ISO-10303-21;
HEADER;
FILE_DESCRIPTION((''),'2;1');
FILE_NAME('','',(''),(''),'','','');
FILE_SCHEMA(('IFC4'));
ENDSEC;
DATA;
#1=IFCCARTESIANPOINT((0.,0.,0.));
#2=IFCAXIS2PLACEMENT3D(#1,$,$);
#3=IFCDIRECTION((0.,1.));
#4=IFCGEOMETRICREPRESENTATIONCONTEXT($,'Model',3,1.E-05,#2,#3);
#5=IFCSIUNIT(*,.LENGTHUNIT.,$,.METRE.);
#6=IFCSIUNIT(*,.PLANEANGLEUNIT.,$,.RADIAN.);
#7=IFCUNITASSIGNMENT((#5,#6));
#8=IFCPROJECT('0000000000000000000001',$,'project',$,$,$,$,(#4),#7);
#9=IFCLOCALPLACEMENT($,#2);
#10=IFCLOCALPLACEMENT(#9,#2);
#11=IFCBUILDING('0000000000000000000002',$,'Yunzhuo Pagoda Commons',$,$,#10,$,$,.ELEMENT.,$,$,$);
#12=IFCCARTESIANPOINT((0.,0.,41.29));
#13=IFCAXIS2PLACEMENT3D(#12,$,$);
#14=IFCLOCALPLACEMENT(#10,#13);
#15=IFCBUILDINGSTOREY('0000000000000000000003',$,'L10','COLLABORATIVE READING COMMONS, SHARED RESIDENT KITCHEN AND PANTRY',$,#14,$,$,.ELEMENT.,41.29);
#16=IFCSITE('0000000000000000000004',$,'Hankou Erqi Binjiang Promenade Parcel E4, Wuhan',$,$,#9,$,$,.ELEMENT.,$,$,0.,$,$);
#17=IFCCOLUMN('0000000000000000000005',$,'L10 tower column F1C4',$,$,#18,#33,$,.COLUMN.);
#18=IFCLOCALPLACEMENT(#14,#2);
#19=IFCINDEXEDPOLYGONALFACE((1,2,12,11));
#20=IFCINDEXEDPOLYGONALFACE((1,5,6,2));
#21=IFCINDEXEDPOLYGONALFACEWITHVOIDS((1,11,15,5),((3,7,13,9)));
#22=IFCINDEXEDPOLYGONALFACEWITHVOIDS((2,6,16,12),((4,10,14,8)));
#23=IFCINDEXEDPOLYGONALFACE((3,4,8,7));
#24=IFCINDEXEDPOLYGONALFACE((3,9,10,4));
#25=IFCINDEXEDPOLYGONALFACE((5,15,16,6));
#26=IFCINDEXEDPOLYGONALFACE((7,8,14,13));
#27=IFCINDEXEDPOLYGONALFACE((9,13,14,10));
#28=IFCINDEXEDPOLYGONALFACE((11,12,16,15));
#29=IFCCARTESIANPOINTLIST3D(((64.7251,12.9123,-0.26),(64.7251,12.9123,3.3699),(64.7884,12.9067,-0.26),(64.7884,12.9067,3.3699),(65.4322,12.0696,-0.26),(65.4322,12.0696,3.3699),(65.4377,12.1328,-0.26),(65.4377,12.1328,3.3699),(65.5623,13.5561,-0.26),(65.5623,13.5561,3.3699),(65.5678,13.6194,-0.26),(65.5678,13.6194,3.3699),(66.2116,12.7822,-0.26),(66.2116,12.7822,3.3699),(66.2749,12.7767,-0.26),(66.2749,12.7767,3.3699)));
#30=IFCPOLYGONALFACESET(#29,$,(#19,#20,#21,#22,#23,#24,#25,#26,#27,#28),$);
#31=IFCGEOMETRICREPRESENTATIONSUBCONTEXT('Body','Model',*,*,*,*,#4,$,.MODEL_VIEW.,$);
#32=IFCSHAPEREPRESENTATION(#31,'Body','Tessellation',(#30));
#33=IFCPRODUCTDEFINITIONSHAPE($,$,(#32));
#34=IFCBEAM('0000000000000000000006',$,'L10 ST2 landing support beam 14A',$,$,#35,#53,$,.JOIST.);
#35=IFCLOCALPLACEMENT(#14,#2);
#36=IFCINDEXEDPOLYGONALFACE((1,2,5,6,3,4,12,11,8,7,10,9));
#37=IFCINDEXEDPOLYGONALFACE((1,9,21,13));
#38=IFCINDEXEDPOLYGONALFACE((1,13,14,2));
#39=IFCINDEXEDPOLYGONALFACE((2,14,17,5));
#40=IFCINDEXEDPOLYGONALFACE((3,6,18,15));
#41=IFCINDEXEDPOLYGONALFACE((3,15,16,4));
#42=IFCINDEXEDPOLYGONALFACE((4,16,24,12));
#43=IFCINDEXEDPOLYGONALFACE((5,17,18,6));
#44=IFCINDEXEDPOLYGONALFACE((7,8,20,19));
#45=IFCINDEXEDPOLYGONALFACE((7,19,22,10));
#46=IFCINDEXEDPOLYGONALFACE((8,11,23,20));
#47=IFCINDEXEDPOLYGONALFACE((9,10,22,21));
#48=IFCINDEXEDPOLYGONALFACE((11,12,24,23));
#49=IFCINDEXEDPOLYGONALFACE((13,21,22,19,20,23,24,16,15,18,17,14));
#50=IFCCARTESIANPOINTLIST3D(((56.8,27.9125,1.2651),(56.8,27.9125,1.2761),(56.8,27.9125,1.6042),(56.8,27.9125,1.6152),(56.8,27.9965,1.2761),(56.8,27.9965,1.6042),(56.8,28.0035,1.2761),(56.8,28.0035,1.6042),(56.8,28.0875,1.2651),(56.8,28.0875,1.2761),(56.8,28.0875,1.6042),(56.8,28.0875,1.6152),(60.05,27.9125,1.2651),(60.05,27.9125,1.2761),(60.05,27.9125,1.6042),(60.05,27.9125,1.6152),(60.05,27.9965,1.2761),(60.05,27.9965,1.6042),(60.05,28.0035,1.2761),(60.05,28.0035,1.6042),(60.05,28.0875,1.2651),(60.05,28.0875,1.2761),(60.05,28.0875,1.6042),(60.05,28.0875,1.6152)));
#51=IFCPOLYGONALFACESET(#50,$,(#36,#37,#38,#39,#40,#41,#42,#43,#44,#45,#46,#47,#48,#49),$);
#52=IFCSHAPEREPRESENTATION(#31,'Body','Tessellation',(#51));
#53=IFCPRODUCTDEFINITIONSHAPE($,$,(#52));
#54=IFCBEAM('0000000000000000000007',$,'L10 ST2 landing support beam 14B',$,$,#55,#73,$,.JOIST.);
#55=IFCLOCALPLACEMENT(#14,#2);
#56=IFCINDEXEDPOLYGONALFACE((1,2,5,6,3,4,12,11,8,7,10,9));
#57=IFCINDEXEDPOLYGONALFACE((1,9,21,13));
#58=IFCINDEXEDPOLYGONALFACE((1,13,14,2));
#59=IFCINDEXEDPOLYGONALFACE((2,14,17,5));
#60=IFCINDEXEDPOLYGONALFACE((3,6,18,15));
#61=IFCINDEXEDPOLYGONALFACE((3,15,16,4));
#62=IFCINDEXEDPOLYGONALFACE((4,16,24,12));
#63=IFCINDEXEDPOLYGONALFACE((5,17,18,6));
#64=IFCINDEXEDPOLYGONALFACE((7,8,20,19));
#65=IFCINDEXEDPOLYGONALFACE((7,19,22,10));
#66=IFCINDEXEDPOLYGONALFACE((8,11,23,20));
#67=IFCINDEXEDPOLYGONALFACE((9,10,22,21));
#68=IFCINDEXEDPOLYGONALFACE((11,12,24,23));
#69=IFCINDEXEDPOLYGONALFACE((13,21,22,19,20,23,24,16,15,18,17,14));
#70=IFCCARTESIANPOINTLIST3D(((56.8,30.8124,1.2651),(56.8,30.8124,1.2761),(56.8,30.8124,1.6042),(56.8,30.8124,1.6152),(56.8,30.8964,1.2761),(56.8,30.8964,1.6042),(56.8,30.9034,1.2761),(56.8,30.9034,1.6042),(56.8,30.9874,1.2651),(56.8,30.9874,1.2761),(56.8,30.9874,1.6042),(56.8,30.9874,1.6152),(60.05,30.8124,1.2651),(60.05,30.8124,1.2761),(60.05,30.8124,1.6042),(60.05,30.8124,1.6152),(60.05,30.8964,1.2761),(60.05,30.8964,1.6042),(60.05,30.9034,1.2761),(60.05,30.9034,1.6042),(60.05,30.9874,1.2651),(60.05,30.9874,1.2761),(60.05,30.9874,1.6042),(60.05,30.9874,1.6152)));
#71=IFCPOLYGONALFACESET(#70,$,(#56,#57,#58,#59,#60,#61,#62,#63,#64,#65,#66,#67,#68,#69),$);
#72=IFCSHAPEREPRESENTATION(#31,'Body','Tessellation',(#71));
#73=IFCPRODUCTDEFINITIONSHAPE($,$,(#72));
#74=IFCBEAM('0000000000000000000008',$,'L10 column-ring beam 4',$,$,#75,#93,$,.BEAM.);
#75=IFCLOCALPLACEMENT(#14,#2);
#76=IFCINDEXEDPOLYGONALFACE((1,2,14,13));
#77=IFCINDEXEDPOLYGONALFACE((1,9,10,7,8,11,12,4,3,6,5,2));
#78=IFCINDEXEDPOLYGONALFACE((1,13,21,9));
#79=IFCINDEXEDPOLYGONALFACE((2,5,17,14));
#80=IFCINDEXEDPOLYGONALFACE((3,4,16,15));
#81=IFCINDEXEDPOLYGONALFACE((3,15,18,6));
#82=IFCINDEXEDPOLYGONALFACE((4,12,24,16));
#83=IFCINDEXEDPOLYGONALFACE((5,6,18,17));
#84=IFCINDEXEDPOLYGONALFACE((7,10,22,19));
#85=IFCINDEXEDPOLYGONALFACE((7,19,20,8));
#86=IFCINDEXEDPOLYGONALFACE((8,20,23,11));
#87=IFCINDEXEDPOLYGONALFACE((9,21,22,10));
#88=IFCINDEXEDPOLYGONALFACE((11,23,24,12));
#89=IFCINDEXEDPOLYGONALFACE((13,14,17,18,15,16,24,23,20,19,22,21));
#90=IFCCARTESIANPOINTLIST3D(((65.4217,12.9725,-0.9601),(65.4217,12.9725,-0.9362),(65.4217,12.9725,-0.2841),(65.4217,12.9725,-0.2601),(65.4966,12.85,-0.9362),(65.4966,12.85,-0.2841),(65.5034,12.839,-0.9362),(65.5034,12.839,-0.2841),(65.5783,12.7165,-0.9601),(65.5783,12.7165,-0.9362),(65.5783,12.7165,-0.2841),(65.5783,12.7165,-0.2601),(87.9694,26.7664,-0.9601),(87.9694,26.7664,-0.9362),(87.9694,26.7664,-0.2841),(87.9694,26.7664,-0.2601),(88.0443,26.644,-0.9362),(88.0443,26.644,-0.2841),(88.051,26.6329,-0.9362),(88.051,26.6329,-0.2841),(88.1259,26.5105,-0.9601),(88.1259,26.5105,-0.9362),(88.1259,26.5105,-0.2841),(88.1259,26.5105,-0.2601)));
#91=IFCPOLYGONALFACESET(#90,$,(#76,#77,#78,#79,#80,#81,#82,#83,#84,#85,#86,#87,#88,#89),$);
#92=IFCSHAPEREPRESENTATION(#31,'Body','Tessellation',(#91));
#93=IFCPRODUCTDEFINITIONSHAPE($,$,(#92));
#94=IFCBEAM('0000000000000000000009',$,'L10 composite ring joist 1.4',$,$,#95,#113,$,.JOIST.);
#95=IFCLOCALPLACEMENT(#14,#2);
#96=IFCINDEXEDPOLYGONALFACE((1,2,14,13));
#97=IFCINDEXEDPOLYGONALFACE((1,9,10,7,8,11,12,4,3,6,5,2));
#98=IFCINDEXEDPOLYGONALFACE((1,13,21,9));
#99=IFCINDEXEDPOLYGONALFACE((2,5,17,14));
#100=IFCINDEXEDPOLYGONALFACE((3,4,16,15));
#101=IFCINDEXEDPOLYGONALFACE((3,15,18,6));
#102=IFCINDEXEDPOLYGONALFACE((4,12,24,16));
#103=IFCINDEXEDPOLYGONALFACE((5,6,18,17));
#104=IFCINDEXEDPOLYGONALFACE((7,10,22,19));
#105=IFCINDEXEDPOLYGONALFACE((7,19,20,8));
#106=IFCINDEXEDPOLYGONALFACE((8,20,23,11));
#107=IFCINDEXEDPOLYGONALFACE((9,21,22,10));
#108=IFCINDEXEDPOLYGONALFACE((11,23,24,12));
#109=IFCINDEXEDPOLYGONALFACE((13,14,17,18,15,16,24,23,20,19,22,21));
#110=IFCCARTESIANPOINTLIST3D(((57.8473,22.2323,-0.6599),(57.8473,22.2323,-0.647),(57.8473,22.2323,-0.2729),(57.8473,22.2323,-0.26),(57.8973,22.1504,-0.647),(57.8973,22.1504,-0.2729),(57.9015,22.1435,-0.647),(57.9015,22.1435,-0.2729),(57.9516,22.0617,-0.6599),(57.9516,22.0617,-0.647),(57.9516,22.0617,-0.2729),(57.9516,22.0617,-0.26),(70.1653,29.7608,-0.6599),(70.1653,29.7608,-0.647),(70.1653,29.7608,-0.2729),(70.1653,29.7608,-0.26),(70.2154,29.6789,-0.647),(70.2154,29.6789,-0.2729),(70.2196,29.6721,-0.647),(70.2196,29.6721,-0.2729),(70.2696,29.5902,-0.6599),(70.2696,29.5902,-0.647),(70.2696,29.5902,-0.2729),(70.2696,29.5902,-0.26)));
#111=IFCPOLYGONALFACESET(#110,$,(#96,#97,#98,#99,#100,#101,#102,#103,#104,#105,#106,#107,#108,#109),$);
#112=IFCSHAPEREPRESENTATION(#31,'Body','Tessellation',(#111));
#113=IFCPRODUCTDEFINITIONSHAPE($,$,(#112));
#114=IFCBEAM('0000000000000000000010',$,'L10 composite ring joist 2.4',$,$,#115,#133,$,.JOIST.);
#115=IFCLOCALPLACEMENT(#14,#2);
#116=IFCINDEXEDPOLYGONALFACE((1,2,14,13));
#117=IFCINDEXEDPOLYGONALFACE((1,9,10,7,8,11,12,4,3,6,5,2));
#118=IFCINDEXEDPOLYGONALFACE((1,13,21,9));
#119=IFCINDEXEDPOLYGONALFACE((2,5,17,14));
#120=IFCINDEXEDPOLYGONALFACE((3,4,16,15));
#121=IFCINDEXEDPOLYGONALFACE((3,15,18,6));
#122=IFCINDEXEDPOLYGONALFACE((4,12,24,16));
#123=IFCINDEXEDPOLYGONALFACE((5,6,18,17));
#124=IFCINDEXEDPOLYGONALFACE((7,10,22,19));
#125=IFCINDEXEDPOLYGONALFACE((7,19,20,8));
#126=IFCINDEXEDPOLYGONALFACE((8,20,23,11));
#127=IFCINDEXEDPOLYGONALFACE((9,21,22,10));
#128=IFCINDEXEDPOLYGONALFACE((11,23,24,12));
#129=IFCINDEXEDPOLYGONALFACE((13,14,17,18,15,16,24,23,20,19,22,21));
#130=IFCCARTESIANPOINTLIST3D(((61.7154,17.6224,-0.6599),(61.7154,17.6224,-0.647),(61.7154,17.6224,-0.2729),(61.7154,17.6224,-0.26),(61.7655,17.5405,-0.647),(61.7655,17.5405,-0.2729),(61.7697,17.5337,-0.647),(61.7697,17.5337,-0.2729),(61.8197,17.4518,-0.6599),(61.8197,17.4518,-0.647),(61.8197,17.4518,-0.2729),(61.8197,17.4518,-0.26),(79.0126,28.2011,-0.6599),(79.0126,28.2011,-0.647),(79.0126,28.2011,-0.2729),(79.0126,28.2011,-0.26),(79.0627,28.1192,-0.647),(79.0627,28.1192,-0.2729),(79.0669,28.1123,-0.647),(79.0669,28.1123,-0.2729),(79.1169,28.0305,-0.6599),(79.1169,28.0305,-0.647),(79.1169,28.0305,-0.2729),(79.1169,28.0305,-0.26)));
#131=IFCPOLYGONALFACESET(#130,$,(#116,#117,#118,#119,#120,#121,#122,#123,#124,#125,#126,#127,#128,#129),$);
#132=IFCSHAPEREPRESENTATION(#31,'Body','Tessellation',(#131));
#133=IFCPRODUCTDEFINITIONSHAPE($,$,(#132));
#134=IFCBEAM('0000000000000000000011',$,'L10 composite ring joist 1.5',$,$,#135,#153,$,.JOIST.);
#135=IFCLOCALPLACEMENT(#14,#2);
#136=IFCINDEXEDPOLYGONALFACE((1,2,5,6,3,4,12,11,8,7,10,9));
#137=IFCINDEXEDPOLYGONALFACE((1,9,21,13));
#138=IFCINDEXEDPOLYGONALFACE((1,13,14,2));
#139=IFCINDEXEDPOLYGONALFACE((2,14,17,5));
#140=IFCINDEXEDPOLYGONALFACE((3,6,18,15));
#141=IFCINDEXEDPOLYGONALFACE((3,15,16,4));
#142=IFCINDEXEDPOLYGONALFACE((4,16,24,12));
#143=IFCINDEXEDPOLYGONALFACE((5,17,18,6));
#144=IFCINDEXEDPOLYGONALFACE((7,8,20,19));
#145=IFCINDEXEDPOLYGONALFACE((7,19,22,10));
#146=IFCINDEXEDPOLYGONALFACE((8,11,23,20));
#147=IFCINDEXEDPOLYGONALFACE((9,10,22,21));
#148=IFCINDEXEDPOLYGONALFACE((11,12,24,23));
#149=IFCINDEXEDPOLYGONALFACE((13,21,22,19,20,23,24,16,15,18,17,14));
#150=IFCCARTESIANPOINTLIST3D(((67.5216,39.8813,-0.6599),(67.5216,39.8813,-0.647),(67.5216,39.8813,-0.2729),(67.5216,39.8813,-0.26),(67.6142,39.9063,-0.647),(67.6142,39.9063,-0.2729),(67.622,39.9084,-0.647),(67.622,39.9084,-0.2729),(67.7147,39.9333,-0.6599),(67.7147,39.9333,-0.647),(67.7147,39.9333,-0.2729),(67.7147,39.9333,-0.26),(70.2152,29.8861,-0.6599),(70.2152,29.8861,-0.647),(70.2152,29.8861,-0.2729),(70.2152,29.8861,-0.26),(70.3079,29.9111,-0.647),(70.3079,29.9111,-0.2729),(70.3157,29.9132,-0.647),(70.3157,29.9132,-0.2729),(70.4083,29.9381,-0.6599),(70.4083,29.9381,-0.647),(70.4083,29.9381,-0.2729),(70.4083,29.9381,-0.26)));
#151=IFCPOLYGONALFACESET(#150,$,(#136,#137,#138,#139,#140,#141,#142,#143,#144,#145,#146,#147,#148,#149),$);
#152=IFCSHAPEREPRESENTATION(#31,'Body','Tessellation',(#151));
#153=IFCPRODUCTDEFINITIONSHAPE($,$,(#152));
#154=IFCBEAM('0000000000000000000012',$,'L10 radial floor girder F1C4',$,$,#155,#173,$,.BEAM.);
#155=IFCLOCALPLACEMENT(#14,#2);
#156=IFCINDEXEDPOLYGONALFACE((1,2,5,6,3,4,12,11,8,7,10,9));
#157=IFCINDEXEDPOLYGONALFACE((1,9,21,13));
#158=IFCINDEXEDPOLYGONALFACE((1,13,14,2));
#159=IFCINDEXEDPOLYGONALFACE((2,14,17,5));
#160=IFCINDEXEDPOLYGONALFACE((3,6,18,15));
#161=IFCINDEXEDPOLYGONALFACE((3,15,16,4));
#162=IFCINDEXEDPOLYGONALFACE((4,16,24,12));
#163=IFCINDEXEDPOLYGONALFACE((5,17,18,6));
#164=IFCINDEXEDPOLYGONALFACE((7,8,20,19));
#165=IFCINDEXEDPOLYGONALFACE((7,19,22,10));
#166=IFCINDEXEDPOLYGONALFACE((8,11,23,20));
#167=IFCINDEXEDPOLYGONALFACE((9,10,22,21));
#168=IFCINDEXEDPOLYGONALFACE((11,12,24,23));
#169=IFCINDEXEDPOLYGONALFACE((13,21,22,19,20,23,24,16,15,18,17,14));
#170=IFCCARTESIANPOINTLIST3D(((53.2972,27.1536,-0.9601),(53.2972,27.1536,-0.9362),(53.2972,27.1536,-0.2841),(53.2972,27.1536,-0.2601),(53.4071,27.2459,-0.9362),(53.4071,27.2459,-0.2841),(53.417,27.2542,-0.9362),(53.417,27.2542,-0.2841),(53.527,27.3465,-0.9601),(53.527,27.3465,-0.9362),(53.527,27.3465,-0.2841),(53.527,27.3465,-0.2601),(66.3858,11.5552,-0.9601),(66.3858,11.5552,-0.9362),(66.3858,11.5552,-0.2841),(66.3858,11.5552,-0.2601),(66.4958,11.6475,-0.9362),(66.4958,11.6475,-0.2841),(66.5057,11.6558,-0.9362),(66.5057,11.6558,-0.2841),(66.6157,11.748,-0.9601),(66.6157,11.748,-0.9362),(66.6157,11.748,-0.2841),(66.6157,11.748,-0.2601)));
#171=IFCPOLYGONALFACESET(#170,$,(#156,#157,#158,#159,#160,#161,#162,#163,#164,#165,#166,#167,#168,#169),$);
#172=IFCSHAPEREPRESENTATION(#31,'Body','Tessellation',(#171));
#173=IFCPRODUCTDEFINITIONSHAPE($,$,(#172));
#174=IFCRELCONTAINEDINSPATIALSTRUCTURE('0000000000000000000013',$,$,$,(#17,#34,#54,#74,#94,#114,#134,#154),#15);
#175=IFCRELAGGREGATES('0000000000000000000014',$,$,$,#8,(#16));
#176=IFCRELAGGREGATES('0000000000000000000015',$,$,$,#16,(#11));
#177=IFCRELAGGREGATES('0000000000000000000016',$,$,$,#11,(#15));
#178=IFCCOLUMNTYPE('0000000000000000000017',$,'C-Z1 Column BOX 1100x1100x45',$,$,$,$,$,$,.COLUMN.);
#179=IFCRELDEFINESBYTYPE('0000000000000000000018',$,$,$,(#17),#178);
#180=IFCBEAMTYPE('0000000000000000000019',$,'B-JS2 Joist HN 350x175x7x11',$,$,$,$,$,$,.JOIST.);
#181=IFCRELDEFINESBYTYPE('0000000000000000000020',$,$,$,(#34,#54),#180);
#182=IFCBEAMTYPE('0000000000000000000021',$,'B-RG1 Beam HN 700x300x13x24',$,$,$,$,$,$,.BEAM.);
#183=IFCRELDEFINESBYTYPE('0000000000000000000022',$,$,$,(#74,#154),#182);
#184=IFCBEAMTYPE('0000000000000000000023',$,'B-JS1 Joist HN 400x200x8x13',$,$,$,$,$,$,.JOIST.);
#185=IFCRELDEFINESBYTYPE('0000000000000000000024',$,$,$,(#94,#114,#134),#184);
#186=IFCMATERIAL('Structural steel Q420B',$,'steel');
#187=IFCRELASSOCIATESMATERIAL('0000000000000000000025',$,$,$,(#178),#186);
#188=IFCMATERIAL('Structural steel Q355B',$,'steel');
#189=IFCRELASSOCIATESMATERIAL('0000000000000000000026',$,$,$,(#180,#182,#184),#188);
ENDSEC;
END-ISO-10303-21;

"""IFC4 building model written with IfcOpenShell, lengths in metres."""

from ifc_helpers import new_model, si_unit, direction, frame, origin, origin_2d, place, context, subcontext, project, spatial, hollow_rectangle, i_section, extrude, source, transform, mapped, material, material_profile, profile_set, type_object, element, save


model = new_model("IFC4")

# Units and contexts
model_context = context("Model", 3, precision=1e-05, world=origin(), true_north=direction((0.0, 1.0)))
body_context = subcontext(model_context, "Body", "Model", "MODEL_VIEW")
ifc_project = project(units=[si_unit("LENGTHUNIT", "METRE"), si_unit("PLANEANGLEUNIT", "RADIAN")], contexts=[model_context])

# Site, building, storey
site_placement = place(None, origin())
site = spatial("IfcSite", under=ifc_project, at=site_placement, Name="Hankou Erqi Binjiang Promenade Parcel E4, Wuhan", CompositionType="ELEMENT", RefElevation=0.0)
building_placement = place(site_placement, origin())
building = spatial("IfcBuilding", under=site, at=building_placement, Name="Yunzhuo Pagoda Commons", CompositionType="ELEMENT")
storey_placement = place(building_placement, frame((0.0, 0.0, 41.29)))
storey = spatial("IfcBuildingStorey", under=building, at=storey_placement, Name="L10", Description="COLLABORATIVE READING COMMONS, SHARED RESIDENT KITCHEN AND PANTRY", CompositionType="ELEMENT", Elevation=41.29)

# Column
ifc_material_1 = material(Name="Structural steel Q420B", Category="steel")
ifc_material_profile_1 = material_profile(ifc_material_1, hollow_rectangle(XDim=1.1001, YDim=1.1001, WallThickness=0.0449, at=origin_2d()), Name="Structural steel Q420B")
ifc_profile_set_1 = profile_set([ifc_material_profile_1], Name="Structural steel Q420B")
column_type = type_object("IfcColumnType", Name="C-Z1 Column BOX 1100x1100x45", PredefinedType="COLUMN", material=ifc_profile_set_1)
shared_shape_1 = source(origin(), body_context, "Body", "SweptSolid", [
    extrude(hollow_rectangle(XDim=1.1001, YDim=1.1001, WallThickness=0.0449, at=origin_2d()), origin(), (0.0, 0.0, 1.0), 3.6299),
])
column_placement = place(storey_placement, frame((65.5, 12.8445, -0.26), z_axis=(0.0, 0.0, 1.0), x_axis=(0.766044, 0.642788, 0.0)))
element("IfcColumn", 1, at=column_placement, inside=storey, type_object=column_type, Name="L10 tower column F1C4", PredefinedType="COLUMN", context=body_context, shape_type="MappedRepresentation", body=[
    mapped(shared_shape_1, transform((0.0, 0.0, 0.0), scale=1.0)),
])

# Beams
ifc_material_2 = material(Name="Structural steel Q355B", Category="steel")
ifc_material_profile_2 = material_profile(ifc_material_2, i_section(OverallWidth=0.175, OverallDepth=0.3501, WebThickness=0.0071, FlangeThickness=0.011, at=origin_2d()), Name="Structural steel Q355B")
ifc_profile_set_2 = profile_set([ifc_material_profile_2], Name="Structural steel Q355B")
beam_type_1 = type_object("IfcBeamType", Name="B-JS2 Joist HN 350x175x7x11", PredefinedType="JOIST", material=ifc_profile_set_2)
shared_shape_2 = source(origin(), body_context, "Body", "SweptSolid", [
    extrude(i_section(OverallWidth=0.175, OverallDepth=0.3501, WebThickness=0.0071, FlangeThickness=0.011, at=origin_2d()), origin(), (0.0, 0.0, 1.0), 3.25),
])
for number, where, z_axis, x_axis, name in (
    (2, (56.8, 28.0, 1.4402), (1.0, 0.0, 0.0), (0.0, 1.0, 0.0), "L10 ST2 landing support beam 14A"),
    (3, (56.8, 30.8999, 1.4402), (1.0, 0.0, 0.0), (0.0, 1.0, 0.0), "L10 ST2 landing support beam 14B"),
):
    element("IfcBeam", number, at=place(storey_placement, frame(where, z_axis=z_axis, x_axis=x_axis)), inside=storey, type_object=beam_type_1, Name=name, PredefinedType="JOIST", context=body_context, shape_type="MappedRepresentation", body=[
        mapped(shared_shape_2, transform((0.0, 0.0, 0.0), scale=1.0)),
    ])
ifc_material_profile_3 = material_profile(ifc_material_2, i_section(OverallWidth=0.3, OverallDepth=0.7, WebThickness=0.0129, FlangeThickness=0.0239, at=origin_2d()), Name="Structural steel Q355B")
ifc_profile_set_3 = profile_set([ifc_material_profile_3], Name="Structural steel Q355B")
beam_type_2 = type_object("IfcBeamType", Name="B-RG1 Beam HN 700x300x13x24", PredefinedType="BEAM", material=ifc_profile_set_3)
shared_shape_3 = source(origin(), body_context, "Body", "SweptSolid", [
    extrude(i_section(OverallWidth=0.3, OverallDepth=0.7, WebThickness=0.0129, FlangeThickness=0.0239, at=origin_2d()), origin(), (0.0, 0.0, 1.0), 26.4324),
])
beam_1_placement = place(storey_placement, frame((65.5, 12.8445, -0.6101), z_axis=(0.853032, 0.521859, 0.0), x_axis=(-0.521859, 0.853032, 0.0)))
element("IfcBeam", 4, at=beam_1_placement, inside=storey, type_object=beam_type_2, Name="L10 column-ring beam 4", PredefinedType="BEAM", context=body_context, shape_type="MappedRepresentation", body=[
    mapped(shared_shape_3, transform((0.0, 0.0, 0.0), scale=1.0)),
])
ifc_material_profile_4 = material_profile(ifc_material_2, i_section(OverallWidth=0.2, OverallDepth=0.3999, WebThickness=0.0081, FlangeThickness=0.0129, at=origin_2d()), Name="Structural steel Q355B")
ifc_profile_set_4 = profile_set([ifc_material_profile_4], Name="Structural steel Q355B")
beam_type_3 = type_object("IfcBeamType", Name="B-JS1 Joist HN 400x200x8x13", PredefinedType="JOIST", material=ifc_profile_set_4)
shared_shape_4 = source(origin(), body_context, "Body", "SweptSolid", [
    extrude(i_section(OverallWidth=0.2, OverallDepth=0.3999, WebThickness=0.0081, FlangeThickness=0.0129, at=origin_2d()), origin(), (0.0, 0.0, 1.0), 14.4365),
])
beam_2_placement = place(storey_placement, frame((57.8994, 22.147, -0.46), z_axis=(0.853256, 0.521492, 0.0), x_axis=(-0.521492, 0.853256, 0.0)))
element("IfcBeam", 5, at=beam_2_placement, inside=storey, type_object=beam_type_3, Name="L10 composite ring joist 1.4", PredefinedType="JOIST", context=body_context, shape_type="MappedRepresentation", body=[
    mapped(shared_shape_4, transform((0.0, 0.0, 0.0), scale=1.0)),
])
shared_shape_5 = source(origin(), body_context, "Body", "SweptSolid", [
    extrude(i_section(OverallWidth=0.2, OverallDepth=0.3999, WebThickness=0.0081, FlangeThickness=0.0129, at=origin_2d()), origin(), (0.0, 0.0, 1.0), 20.2756),
])
beam_3_placement = place(storey_placement, frame((61.7676, 17.5371, -0.46), z_axis=(0.853103, 0.521743, 0.0), x_axis=(-0.521743, 0.853103, 0.0)))
element("IfcBeam", 6, at=beam_3_placement, inside=storey, type_object=beam_type_3, Name="L10 composite ring joist 2.4", PredefinedType="JOIST", context=body_context, shape_type="MappedRepresentation", body=[
    mapped(shared_shape_5, transform((0.0, 0.0, 0.0), scale=1.0)),
])
shared_shape_6 = source(origin(), body_context, "Body", "SweptSolid", [
    extrude(i_section(OverallWidth=0.2, OverallDepth=0.3999, WebThickness=0.0081, FlangeThickness=0.0129, at=origin_2d()), origin(), (0.0, 0.0, 1.0), 10.3518),
])
beam_4_placement = place(storey_placement, frame((70.3118, 29.9121, -0.46), z_axis=(-0.260209, 0.965552, 0.0), x_axis=(-0.965552, -0.260209, 0.0)))
element("IfcBeam", 7, at=beam_4_placement, inside=storey, type_object=beam_type_3, Name="L10 composite ring joist 1.5", PredefinedType="JOIST", context=body_context, shape_type="MappedRepresentation", body=[
    mapped(shared_shape_6, transform((0.0, 0.0, 0.0), scale=1.0)),
])
shared_shape_7 = source(origin(), body_context, "Body", "SweptSolid", [
    extrude(i_section(OverallWidth=0.3, OverallDepth=0.7, WebThickness=0.0129, FlangeThickness=0.0239, at=origin_2d()), origin(), (0.0, 0.0, 1.0), 20.3623),
])
beam_5_placement = place(storey_placement, frame((66.5007, 11.6516, -0.6101), z_axis=(-0.642788, 0.766044, 0.0), x_axis=(-0.766044, -0.642788, 0.0)))
element("IfcBeam", 8, at=beam_5_placement, inside=storey, type_object=beam_type_2, Name="L10 radial floor girder F1C4", PredefinedType="BEAM", context=body_context, shape_type="MappedRepresentation", body=[
    mapped(shared_shape_7, transform((0.0, 0.0, 0.0), scale=1.0)),
])

save(model, "model.ifc")
